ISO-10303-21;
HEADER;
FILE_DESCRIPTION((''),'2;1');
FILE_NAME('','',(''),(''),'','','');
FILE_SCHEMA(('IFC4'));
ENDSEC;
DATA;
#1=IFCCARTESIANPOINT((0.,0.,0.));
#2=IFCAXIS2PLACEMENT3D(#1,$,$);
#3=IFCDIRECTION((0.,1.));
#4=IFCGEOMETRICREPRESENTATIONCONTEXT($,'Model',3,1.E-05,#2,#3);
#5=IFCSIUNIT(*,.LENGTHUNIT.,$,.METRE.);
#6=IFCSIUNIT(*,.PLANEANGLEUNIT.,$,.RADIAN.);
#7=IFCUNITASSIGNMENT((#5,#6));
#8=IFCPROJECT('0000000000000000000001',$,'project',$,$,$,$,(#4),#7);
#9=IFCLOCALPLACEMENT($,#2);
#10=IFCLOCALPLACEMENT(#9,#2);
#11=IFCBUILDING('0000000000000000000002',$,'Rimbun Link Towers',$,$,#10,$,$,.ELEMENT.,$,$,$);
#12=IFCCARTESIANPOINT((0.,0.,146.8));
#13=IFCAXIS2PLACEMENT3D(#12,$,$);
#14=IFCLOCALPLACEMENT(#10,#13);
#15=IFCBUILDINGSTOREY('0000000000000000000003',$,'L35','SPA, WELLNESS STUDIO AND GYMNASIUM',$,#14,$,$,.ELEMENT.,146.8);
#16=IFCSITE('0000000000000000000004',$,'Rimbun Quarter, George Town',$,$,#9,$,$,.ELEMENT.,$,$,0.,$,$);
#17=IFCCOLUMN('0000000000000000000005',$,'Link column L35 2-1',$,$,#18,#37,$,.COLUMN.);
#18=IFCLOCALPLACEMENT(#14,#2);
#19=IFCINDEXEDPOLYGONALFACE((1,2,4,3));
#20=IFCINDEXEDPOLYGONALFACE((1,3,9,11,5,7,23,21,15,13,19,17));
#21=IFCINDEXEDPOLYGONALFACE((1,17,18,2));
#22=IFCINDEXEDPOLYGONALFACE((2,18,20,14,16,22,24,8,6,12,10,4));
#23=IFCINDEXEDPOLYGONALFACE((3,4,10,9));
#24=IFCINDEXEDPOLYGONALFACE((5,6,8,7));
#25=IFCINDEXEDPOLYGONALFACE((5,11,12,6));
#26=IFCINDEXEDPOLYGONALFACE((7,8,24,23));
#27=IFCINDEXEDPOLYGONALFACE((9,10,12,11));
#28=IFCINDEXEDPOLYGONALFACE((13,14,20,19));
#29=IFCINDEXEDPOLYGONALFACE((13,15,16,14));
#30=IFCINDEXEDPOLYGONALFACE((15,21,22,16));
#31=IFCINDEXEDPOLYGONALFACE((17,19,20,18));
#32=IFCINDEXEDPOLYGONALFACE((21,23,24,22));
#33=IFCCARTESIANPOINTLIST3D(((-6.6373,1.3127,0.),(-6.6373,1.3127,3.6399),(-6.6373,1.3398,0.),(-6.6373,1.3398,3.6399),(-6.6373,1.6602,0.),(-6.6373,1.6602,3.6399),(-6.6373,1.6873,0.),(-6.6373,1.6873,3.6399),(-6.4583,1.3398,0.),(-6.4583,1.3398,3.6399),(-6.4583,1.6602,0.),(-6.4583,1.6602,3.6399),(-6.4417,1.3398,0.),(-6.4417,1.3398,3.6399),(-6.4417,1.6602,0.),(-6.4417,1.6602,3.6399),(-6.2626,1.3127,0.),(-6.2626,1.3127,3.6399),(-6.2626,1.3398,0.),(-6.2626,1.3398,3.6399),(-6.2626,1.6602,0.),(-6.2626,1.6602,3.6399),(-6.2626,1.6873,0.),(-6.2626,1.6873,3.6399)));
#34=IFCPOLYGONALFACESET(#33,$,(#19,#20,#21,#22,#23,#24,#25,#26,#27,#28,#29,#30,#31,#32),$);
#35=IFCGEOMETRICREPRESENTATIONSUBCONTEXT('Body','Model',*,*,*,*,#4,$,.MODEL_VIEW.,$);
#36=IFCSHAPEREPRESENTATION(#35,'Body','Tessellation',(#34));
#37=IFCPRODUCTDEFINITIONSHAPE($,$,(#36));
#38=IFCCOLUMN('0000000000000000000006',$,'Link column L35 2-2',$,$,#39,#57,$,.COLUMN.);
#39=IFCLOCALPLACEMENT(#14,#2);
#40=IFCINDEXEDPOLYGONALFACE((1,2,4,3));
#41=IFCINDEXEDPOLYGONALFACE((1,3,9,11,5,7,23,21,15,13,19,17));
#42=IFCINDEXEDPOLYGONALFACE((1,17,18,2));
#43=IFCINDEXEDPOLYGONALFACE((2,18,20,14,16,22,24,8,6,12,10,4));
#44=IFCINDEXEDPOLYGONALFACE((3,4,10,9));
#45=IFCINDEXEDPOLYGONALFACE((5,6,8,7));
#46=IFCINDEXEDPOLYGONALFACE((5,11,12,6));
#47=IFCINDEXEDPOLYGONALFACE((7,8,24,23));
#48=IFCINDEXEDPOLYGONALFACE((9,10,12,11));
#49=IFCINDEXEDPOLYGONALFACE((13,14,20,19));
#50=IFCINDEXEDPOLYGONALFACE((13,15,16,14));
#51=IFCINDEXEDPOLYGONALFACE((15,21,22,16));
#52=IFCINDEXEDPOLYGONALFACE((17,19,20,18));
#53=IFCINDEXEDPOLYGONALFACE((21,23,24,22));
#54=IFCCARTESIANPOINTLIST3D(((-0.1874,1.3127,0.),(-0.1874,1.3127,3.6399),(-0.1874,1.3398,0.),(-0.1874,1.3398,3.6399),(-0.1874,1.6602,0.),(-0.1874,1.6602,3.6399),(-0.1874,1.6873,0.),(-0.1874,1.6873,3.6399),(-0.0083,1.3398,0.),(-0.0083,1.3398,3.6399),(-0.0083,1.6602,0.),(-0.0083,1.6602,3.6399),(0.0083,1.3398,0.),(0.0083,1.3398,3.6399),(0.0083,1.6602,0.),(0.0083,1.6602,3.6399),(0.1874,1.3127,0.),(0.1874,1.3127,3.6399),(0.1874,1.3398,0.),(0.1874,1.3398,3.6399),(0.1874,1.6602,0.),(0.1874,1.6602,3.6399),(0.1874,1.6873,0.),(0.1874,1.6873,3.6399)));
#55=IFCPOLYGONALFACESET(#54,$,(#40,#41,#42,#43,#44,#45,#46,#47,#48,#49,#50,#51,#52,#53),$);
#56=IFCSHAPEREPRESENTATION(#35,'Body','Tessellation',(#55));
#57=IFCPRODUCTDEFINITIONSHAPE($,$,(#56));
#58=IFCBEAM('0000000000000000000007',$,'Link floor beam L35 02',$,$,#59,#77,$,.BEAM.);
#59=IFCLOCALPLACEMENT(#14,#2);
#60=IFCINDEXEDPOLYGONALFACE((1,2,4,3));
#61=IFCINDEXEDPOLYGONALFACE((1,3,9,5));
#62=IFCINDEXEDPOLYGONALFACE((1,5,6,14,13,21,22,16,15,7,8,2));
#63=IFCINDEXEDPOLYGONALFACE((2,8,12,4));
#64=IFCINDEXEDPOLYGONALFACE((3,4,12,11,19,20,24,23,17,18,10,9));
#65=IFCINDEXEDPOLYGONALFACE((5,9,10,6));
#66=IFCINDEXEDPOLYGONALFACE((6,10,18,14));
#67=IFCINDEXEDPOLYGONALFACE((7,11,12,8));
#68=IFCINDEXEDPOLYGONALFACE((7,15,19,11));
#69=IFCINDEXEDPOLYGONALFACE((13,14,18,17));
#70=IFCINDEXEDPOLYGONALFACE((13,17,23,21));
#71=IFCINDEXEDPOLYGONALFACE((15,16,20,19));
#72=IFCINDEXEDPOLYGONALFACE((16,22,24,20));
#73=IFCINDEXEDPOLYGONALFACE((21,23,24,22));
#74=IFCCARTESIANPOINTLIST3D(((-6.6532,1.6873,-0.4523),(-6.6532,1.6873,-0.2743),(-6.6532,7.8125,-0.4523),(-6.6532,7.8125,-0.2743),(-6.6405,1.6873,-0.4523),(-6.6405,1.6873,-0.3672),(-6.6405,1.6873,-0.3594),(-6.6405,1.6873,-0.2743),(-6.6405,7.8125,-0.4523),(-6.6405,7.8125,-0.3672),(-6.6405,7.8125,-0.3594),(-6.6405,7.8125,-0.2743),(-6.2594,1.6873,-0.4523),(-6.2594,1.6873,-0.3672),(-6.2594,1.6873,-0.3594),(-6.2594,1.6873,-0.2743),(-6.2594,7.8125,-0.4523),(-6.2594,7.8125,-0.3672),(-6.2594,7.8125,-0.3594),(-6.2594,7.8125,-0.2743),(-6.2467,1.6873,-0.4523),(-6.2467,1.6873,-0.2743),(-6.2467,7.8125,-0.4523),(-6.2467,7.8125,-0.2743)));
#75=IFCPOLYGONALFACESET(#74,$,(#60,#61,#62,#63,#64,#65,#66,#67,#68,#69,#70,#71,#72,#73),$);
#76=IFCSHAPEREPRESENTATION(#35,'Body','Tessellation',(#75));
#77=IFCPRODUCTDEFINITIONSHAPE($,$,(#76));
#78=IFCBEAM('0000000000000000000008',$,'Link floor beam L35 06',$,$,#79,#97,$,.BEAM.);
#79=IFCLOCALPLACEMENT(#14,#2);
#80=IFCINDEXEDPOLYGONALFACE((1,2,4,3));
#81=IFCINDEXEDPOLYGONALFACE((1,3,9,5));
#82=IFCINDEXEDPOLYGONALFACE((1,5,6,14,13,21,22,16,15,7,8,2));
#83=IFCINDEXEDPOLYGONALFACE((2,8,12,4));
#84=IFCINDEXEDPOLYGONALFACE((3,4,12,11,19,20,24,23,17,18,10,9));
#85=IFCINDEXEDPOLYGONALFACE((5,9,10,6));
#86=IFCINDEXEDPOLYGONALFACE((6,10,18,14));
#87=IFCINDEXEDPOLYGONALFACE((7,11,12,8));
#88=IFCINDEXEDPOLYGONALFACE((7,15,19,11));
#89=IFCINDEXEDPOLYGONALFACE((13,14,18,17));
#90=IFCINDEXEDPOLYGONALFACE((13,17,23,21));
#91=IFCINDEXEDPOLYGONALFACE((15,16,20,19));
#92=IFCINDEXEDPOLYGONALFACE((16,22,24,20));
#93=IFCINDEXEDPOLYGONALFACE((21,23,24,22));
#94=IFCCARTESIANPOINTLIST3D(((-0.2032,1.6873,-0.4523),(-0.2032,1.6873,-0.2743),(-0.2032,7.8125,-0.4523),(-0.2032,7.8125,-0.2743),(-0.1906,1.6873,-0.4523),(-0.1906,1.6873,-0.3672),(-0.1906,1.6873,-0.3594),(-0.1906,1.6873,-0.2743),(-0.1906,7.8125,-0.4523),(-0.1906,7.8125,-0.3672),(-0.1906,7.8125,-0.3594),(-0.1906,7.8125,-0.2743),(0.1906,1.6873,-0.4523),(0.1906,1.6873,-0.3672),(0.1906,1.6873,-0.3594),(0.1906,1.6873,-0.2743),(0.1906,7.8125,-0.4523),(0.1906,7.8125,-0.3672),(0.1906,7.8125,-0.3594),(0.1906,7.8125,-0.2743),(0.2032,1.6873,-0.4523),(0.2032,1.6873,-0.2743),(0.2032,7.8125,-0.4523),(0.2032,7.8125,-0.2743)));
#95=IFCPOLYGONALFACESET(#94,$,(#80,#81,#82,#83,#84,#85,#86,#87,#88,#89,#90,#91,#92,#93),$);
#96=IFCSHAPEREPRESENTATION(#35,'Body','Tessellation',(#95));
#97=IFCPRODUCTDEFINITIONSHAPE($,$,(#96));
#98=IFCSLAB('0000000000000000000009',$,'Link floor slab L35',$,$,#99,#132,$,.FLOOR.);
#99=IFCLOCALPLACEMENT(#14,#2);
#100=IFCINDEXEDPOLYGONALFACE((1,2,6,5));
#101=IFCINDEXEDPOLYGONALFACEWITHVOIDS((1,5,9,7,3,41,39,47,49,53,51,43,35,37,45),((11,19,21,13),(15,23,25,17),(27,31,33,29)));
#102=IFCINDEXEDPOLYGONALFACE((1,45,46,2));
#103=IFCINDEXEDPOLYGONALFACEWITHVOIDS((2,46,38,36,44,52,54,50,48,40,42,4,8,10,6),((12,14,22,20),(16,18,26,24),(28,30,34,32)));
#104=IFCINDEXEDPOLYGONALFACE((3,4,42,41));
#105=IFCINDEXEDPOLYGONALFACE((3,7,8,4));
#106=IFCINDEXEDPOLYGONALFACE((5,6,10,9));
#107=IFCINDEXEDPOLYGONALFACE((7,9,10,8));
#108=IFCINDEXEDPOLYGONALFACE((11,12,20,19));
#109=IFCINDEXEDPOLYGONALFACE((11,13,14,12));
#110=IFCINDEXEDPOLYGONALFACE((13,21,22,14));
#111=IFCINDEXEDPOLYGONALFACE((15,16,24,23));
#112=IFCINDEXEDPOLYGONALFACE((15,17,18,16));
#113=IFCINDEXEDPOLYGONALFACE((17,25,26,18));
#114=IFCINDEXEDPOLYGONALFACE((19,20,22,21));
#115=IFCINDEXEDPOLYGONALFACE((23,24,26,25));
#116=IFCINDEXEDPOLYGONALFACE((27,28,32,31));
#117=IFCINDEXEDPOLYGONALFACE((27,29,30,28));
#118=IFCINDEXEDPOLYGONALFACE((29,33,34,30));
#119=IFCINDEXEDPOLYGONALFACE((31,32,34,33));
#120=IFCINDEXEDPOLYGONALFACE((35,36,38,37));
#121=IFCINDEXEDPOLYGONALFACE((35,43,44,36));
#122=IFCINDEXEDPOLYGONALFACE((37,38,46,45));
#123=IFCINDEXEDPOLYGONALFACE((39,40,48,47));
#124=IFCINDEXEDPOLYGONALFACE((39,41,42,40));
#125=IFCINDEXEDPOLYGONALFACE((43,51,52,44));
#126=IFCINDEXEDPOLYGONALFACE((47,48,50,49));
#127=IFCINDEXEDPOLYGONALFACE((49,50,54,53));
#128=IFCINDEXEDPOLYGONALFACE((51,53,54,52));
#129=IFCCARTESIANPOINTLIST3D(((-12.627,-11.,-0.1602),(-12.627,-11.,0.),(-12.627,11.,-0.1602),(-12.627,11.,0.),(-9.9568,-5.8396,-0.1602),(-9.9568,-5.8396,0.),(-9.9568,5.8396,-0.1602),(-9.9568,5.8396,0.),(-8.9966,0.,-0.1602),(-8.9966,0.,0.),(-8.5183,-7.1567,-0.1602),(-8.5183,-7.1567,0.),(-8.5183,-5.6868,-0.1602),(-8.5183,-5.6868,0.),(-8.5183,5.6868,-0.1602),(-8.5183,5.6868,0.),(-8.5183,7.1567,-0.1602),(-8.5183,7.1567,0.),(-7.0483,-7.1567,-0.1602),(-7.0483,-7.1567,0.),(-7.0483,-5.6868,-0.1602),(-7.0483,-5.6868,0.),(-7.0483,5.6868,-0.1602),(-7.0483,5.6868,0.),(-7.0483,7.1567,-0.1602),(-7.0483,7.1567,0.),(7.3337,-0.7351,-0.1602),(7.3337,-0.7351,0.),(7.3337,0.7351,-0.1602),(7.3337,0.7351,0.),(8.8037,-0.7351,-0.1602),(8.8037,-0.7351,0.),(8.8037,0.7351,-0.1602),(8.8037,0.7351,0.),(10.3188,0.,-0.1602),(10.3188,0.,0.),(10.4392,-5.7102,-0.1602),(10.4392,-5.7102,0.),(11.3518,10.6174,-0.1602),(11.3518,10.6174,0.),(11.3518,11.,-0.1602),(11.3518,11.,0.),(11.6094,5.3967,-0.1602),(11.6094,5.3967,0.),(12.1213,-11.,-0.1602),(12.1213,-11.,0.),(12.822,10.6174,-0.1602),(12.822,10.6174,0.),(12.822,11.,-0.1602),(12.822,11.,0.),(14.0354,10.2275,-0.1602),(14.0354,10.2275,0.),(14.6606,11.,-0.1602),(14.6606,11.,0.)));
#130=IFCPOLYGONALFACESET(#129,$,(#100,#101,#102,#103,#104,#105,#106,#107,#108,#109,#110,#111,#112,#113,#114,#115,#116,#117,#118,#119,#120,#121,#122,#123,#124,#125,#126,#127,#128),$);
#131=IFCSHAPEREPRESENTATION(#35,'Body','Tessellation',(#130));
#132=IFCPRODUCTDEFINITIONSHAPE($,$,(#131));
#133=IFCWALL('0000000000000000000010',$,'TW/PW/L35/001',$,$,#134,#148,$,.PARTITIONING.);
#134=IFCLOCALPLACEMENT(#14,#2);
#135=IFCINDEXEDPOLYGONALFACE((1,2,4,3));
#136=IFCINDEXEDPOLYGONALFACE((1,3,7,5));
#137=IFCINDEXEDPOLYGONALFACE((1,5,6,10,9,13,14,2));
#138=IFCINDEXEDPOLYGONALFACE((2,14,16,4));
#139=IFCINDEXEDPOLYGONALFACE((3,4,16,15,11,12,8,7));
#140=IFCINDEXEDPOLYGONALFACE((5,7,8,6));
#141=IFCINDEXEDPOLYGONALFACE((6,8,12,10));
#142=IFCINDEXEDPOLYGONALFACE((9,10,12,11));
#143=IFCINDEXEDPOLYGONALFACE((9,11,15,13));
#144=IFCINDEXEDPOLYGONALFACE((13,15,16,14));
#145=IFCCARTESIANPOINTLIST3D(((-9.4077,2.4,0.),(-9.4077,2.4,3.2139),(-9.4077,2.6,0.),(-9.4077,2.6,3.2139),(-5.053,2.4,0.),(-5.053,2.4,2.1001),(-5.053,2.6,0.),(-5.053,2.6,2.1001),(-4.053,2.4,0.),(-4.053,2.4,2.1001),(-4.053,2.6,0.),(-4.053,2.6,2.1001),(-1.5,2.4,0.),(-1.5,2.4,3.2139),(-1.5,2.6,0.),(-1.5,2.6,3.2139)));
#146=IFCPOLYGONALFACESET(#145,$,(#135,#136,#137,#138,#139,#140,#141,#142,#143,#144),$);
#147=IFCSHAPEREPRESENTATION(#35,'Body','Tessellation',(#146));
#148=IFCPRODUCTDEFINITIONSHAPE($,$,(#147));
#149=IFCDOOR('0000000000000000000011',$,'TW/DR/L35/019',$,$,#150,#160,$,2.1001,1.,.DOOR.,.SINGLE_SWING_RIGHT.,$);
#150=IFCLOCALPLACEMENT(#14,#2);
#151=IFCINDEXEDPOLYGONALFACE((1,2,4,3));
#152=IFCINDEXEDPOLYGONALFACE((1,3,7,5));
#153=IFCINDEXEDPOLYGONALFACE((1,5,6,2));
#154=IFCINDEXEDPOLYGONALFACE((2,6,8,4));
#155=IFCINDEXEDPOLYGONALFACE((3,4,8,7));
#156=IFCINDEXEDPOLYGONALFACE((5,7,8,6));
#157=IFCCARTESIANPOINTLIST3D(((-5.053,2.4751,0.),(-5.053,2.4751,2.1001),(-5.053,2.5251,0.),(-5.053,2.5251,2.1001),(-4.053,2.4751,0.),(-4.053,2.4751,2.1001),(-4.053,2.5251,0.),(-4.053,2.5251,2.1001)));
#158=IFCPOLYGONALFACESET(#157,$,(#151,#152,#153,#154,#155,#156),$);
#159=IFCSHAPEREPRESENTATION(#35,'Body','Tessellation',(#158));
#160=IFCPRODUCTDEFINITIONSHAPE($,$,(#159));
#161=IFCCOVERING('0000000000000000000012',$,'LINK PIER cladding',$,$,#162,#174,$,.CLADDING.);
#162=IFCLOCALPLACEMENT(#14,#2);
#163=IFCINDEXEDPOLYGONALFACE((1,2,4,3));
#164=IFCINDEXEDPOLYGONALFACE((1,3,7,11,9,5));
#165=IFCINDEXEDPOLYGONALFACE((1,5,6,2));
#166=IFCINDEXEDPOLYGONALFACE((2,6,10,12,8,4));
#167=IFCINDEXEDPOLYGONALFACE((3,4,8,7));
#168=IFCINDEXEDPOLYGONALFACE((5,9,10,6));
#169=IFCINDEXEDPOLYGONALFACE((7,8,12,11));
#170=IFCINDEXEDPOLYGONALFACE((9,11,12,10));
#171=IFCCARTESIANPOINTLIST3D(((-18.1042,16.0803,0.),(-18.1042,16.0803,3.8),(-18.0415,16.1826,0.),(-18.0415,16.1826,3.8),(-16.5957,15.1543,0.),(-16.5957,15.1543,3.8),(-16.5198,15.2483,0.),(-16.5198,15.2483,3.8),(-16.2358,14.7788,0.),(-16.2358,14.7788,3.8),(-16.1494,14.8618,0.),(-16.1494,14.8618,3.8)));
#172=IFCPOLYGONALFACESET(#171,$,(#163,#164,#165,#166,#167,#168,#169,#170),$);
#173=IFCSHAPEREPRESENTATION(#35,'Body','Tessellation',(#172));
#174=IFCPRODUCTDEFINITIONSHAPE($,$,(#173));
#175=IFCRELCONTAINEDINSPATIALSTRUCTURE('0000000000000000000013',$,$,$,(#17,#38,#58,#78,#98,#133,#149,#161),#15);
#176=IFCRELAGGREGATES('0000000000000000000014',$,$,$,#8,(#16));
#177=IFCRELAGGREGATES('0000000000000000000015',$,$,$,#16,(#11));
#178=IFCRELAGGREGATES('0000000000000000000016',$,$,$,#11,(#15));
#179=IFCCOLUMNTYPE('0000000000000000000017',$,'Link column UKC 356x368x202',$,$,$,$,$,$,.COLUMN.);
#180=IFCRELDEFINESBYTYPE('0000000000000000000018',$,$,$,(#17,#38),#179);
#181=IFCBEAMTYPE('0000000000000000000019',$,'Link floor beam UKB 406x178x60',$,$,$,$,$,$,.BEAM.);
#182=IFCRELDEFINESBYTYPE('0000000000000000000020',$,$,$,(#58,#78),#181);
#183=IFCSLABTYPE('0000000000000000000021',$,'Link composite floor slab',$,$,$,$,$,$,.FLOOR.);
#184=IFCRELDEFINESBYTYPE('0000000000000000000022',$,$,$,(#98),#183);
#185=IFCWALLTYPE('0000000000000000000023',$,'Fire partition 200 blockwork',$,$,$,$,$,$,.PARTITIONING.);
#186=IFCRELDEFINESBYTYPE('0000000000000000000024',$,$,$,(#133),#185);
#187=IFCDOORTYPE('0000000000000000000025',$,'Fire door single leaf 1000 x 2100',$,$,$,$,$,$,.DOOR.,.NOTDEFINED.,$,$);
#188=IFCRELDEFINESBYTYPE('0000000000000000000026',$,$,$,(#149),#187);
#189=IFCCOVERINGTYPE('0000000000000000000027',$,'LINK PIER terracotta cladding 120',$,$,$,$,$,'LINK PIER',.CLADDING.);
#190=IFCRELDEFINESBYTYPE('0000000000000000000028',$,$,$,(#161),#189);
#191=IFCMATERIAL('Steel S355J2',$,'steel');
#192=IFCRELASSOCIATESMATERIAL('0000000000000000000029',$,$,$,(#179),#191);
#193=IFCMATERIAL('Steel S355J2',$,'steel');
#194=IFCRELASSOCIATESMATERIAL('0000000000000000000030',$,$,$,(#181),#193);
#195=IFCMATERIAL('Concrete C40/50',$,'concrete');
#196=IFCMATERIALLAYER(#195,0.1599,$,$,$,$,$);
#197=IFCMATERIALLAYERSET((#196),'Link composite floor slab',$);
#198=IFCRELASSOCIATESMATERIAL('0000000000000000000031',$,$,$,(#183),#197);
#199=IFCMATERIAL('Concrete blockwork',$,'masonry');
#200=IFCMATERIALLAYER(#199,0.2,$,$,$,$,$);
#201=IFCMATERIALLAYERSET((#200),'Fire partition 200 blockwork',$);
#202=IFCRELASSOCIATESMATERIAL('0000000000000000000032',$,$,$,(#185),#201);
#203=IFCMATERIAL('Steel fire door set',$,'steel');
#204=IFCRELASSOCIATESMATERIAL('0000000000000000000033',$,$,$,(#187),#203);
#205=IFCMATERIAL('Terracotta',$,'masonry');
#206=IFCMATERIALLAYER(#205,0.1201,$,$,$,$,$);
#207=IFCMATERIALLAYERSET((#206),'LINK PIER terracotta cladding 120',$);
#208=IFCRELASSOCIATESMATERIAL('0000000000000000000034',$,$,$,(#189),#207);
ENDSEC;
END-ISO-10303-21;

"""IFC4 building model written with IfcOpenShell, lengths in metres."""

from ifc_helpers import new_model, si_unit, direction, frame, frame_2d, origin, origin_2d, place, context, subcontext, project, spatial, polyline, rectangle, i_section, outline, extrude, material, layer, layer_set, material_profile, profile_set, type_object, element, fill, save


model = new_model("IFC4")

# Units and contexts
model_context = context("Model", 3, precision=1e-05, world=origin(), true_north=direction((0.0, 1.0)))
body_context = subcontext(model_context, "Body", "Model", "MODEL_VIEW")
ifc_project = project(units=[si_unit("LENGTHUNIT", "METRE"), si_unit("PLANEANGLEUNIT", "RADIAN")], contexts=[model_context])

# Site, building, storey
site_placement = place(None, origin())
site = spatial("IfcSite", under=ifc_project, at=site_placement, Name="Rimbun Quarter, George Town", CompositionType="ELEMENT", RefElevation=0.0)
building_placement = place(site_placement, origin())
building = spatial("IfcBuilding", under=site, at=building_placement, Name="Rimbun Link Towers", CompositionType="ELEMENT")
storey_placement = place(building_placement, frame((0.0, 0.0, 146.8)))
storey = spatial("IfcBuildingStorey", under=building, at=storey_placement, Name="L35", Description="SPA, WELLNESS STUDIO AND GYMNASIUM", CompositionType="ELEMENT", Elevation=146.8)

# Columns
ifc_material_1 = material(Name="Steel S355J2", Category="steel")
ifc_material_profile_1 = material_profile(ifc_material_1, i_section(OverallWidth=0.3748, OverallDepth=0.3745, WebThickness=0.0166, FlangeThickness=0.0271, at=origin_2d()), Name="UKC 356x368x202")
ifc_profile_set_1 = profile_set([ifc_material_profile_1], Name="Steel S355J2")
column_type = type_object("IfcColumnType", Name="Link column UKC 356x368x202", PredefinedType="COLUMN", material=ifc_profile_set_1)
for number, where, z_axis, x_axis, name in (
    (1, (-6.45, 1.5, 0.0), (0.0, 0.0, 1.0), (1.0, 0.0, 0.0), "Link column L35 2-1"),
    (2, (0.0, 1.5, 0.0), (0.0, 0.0, 1.0), (1.0, 0.0, 0.0), "Link column L35 2-2"),
):
    element("IfcColumn", number, at=place(storey_placement, frame(where, z_axis=z_axis, x_axis=x_axis)), inside=storey, type_object=column_type, Name=name, PredefinedType="COLUMN", context=body_context, shape_type="SweptSolid", body=[
        extrude(i_section(OverallWidth=0.3748, OverallDepth=0.3745, WebThickness=0.0166, FlangeThickness=0.0271, at=origin_2d()), origin(), (0.0, 0.0, 1.0), 3.6399),
    ])

# Beams
ifc_material_2 = material(Name="Steel S355J2", Category="steel")
ifc_material_profile_2 = material_profile(ifc_material_2, i_section(OverallWidth=0.178, OverallDepth=0.4065, WebThickness=0.0078, FlangeThickness=0.0127, at=origin_2d()), Name="UKB 406x178x60")
ifc_profile_set_2 = profile_set([ifc_material_profile_2], Name="Steel S355J2")
beam_type = type_object("IfcBeamType", Name="Link floor beam UKB 406x178x60", PredefinedType="BEAM", material=ifc_profile_set_2)
for number, where, z_axis, x_axis, name in (
    (3, (-6.45, 1.6873, -0.3633), (0.0, 1.0, 0.0), (0.0, 0.0, 1.0), "Link floor beam L35 02"),
    (4, (0.0, 1.6873, -0.3633), (0.0, 1.0, 0.0), (0.0, 0.0, 1.0), "Link floor beam L35 06"),
):
    element("IfcBeam", number, at=place(storey_placement, frame(where, z_axis=z_axis, x_axis=x_axis)), inside=storey, type_object=beam_type, Name=name, PredefinedType="BEAM", context=body_context, shape_type="SweptSolid", body=[
        extrude(i_section(OverallWidth=0.178, OverallDepth=0.4065, WebThickness=0.0078, FlangeThickness=0.0127, at=origin_2d()), origin(), (0.0, 0.0, 1.0), 6.1252),
    ])

# Slab
ifc_material_3 = material(Name="Concrete C40/50", Category="concrete")
ifc_layer_1 = layer(ifc_material_3, 0.1599)
ifc_layer_set_1 = layer_set([ifc_layer_1], Name="Link composite floor slab")
slab_type = type_object("IfcSlabType", Name="Link composite floor slab", PredefinedType="FLOOR", material=ifc_layer_set_1)
slab_placement = place(storey_placement, frame((0.0, 0.0, -0.1602)))
element("IfcSlab", 5, at=slab_placement, inside=storey, type_object=slab_type, Name="Link floor slab L35", PredefinedType="FLOOR", context=body_context, shape_type="SweptSolid", body=[
    extrude(outline(polyline([(-9.9568, -5.8396), (-8.9966, 0.0), (-9.9568, 5.8396), (-12.627, 11.0), (11.3518, 11.0), (11.3518, 10.6174), (12.822, 10.6174), (12.822, 11.0), (14.6606, 11.0), (14.0354, 10.2275), (11.6094, 5.3967), (10.3188, 0.0), (10.4392, -5.7102), (12.1213, -11.0), (-12.627, -11.0), (-9.9568, -5.8396)]), holes=[polyline([(-7.0483, -7.1567), (-7.0483, -5.6868), (-8.5183, -5.6868), (-8.5183, -7.1567), (-7.0483, -7.1567)]), polyline([(8.8037, -0.7351), (8.8037, 0.7351), (7.3337, 0.7351), (7.3337, -0.7351), (8.8037, -0.7351)]), polyline([(-7.0483, 5.6868), (-7.0483, 7.1567), (-8.5183, 7.1567), (-8.5183, 5.6868), (-7.0483, 5.6868)])]), origin(), (0.0, 0.0, 1.0), 0.1602),
])

# Wall, opening, door
ifc_material_4 = material(Name="Concrete blockwork", Category="masonry")
ifc_layer_2 = layer(ifc_material_4, 0.2)
ifc_layer_set_2 = layer_set([ifc_layer_2], Name="Fire partition 200 blockwork")
wall_type = type_object("IfcWallType", Name="Fire partition 200 blockwork", PredefinedType="PARTITIONING", material=ifc_layer_set_2)
wall_placement = place(storey_placement, frame((-1.5, 2.5, 0.0), z_axis=(0.0, 0.0, 1.0), x_axis=(-1.0, 0.0, 0.0)))
wall = element("IfcWall", 6, at=wall_placement, inside=storey, type_object=wall_type, Name="TW/PW/L35/001", PredefinedType="PARTITIONING", context=body_context, shape_type="SweptSolid", body=[
    extrude(rectangle(XDim=7.9077, YDim=0.2, at=frame_2d((3.9539, 0.0))), origin(), (0.0, 0.0, 1.0), 3.2139),
])
opening_placement = place(wall_placement, frame((2.553, 0.0, 0.0)))
opening = element("IfcOpeningElement", 7, at=opening_placement, cuts=wall, PredefinedType="OPENING", context=body_context, shape_type="SweptSolid", body=[
    extrude(rectangle(XDim=1.0, YDim=2.1001, at=frame_2d((0.5, 1.05))), frame((0.0, 0.1099, 0.0), z_axis=(0.0, -1.0, 0.0), x_axis=(1.0, 0.0, 0.0)), (0.0, 0.0, 1.0), 0.22),
])
ifc_material_5 = material(Name="Steel fire door set", Category="steel")
door_type = type_object("IfcDoorType", Name="Fire door single leaf 1000 x 2100", OperationType="NOTDEFINED", PredefinedType="DOOR", material=ifc_material_5)
door_placement = place(opening_placement, origin())
door = element("IfcDoor", 8, at=door_placement, inside=storey, type_object=door_type, Name="TW/DR/L35/019", OperationType="SINGLE_SWING_RIGHT", OverallHeight=2.1001, OverallWidth=1.0, PredefinedType="DOOR", context=body_context, shape_type="SweptSolid", body=[
    extrude(rectangle(XDim=1.0, YDim=2.1001, at=frame_2d((0.5, 1.05))), frame((0.0, 0.0249, 0.0), z_axis=(0.0, -1.0, 0.0), x_axis=(1.0, 0.0, 0.0)), (0.0, 0.0, 1.0), 0.05),
])
fill(opening, door)

# Covering
ifc_material_6 = material(Name="Terracotta", Category="masonry")
ifc_layer_3 = layer(ifc_material_6, 0.1201)
ifc_layer_set_3 = layer_set([ifc_layer_3], Name="LINK PIER terracotta cladding 120")
covering_type = type_object("IfcCoveringType", Name="LINK PIER terracotta cladding 120", ElementType="LINK PIER", PredefinedType="CLADDING", material=ifc_layer_set_3)
covering_1_placement = place(storey_placement, origin())
element("IfcCovering", 9, at=covering_1_placement, inside=storey, type_object=covering_type, Name="LINK PIER cladding", PredefinedType="CLADDING", context=body_context, shape_type="SweptSolid", body=[
    extrude(outline(polyline([(-18.1042, 16.0803), (-16.5957, 15.1543), (-16.2358, 14.7788), (-16.1494, 14.8618), (-16.5198, 15.2483), (-18.0415, 16.1826), (-18.1042, 16.0803)])), origin(), (0.0, 0.0, 1.0), 3.8),
])

save(model, "model.ifc")
